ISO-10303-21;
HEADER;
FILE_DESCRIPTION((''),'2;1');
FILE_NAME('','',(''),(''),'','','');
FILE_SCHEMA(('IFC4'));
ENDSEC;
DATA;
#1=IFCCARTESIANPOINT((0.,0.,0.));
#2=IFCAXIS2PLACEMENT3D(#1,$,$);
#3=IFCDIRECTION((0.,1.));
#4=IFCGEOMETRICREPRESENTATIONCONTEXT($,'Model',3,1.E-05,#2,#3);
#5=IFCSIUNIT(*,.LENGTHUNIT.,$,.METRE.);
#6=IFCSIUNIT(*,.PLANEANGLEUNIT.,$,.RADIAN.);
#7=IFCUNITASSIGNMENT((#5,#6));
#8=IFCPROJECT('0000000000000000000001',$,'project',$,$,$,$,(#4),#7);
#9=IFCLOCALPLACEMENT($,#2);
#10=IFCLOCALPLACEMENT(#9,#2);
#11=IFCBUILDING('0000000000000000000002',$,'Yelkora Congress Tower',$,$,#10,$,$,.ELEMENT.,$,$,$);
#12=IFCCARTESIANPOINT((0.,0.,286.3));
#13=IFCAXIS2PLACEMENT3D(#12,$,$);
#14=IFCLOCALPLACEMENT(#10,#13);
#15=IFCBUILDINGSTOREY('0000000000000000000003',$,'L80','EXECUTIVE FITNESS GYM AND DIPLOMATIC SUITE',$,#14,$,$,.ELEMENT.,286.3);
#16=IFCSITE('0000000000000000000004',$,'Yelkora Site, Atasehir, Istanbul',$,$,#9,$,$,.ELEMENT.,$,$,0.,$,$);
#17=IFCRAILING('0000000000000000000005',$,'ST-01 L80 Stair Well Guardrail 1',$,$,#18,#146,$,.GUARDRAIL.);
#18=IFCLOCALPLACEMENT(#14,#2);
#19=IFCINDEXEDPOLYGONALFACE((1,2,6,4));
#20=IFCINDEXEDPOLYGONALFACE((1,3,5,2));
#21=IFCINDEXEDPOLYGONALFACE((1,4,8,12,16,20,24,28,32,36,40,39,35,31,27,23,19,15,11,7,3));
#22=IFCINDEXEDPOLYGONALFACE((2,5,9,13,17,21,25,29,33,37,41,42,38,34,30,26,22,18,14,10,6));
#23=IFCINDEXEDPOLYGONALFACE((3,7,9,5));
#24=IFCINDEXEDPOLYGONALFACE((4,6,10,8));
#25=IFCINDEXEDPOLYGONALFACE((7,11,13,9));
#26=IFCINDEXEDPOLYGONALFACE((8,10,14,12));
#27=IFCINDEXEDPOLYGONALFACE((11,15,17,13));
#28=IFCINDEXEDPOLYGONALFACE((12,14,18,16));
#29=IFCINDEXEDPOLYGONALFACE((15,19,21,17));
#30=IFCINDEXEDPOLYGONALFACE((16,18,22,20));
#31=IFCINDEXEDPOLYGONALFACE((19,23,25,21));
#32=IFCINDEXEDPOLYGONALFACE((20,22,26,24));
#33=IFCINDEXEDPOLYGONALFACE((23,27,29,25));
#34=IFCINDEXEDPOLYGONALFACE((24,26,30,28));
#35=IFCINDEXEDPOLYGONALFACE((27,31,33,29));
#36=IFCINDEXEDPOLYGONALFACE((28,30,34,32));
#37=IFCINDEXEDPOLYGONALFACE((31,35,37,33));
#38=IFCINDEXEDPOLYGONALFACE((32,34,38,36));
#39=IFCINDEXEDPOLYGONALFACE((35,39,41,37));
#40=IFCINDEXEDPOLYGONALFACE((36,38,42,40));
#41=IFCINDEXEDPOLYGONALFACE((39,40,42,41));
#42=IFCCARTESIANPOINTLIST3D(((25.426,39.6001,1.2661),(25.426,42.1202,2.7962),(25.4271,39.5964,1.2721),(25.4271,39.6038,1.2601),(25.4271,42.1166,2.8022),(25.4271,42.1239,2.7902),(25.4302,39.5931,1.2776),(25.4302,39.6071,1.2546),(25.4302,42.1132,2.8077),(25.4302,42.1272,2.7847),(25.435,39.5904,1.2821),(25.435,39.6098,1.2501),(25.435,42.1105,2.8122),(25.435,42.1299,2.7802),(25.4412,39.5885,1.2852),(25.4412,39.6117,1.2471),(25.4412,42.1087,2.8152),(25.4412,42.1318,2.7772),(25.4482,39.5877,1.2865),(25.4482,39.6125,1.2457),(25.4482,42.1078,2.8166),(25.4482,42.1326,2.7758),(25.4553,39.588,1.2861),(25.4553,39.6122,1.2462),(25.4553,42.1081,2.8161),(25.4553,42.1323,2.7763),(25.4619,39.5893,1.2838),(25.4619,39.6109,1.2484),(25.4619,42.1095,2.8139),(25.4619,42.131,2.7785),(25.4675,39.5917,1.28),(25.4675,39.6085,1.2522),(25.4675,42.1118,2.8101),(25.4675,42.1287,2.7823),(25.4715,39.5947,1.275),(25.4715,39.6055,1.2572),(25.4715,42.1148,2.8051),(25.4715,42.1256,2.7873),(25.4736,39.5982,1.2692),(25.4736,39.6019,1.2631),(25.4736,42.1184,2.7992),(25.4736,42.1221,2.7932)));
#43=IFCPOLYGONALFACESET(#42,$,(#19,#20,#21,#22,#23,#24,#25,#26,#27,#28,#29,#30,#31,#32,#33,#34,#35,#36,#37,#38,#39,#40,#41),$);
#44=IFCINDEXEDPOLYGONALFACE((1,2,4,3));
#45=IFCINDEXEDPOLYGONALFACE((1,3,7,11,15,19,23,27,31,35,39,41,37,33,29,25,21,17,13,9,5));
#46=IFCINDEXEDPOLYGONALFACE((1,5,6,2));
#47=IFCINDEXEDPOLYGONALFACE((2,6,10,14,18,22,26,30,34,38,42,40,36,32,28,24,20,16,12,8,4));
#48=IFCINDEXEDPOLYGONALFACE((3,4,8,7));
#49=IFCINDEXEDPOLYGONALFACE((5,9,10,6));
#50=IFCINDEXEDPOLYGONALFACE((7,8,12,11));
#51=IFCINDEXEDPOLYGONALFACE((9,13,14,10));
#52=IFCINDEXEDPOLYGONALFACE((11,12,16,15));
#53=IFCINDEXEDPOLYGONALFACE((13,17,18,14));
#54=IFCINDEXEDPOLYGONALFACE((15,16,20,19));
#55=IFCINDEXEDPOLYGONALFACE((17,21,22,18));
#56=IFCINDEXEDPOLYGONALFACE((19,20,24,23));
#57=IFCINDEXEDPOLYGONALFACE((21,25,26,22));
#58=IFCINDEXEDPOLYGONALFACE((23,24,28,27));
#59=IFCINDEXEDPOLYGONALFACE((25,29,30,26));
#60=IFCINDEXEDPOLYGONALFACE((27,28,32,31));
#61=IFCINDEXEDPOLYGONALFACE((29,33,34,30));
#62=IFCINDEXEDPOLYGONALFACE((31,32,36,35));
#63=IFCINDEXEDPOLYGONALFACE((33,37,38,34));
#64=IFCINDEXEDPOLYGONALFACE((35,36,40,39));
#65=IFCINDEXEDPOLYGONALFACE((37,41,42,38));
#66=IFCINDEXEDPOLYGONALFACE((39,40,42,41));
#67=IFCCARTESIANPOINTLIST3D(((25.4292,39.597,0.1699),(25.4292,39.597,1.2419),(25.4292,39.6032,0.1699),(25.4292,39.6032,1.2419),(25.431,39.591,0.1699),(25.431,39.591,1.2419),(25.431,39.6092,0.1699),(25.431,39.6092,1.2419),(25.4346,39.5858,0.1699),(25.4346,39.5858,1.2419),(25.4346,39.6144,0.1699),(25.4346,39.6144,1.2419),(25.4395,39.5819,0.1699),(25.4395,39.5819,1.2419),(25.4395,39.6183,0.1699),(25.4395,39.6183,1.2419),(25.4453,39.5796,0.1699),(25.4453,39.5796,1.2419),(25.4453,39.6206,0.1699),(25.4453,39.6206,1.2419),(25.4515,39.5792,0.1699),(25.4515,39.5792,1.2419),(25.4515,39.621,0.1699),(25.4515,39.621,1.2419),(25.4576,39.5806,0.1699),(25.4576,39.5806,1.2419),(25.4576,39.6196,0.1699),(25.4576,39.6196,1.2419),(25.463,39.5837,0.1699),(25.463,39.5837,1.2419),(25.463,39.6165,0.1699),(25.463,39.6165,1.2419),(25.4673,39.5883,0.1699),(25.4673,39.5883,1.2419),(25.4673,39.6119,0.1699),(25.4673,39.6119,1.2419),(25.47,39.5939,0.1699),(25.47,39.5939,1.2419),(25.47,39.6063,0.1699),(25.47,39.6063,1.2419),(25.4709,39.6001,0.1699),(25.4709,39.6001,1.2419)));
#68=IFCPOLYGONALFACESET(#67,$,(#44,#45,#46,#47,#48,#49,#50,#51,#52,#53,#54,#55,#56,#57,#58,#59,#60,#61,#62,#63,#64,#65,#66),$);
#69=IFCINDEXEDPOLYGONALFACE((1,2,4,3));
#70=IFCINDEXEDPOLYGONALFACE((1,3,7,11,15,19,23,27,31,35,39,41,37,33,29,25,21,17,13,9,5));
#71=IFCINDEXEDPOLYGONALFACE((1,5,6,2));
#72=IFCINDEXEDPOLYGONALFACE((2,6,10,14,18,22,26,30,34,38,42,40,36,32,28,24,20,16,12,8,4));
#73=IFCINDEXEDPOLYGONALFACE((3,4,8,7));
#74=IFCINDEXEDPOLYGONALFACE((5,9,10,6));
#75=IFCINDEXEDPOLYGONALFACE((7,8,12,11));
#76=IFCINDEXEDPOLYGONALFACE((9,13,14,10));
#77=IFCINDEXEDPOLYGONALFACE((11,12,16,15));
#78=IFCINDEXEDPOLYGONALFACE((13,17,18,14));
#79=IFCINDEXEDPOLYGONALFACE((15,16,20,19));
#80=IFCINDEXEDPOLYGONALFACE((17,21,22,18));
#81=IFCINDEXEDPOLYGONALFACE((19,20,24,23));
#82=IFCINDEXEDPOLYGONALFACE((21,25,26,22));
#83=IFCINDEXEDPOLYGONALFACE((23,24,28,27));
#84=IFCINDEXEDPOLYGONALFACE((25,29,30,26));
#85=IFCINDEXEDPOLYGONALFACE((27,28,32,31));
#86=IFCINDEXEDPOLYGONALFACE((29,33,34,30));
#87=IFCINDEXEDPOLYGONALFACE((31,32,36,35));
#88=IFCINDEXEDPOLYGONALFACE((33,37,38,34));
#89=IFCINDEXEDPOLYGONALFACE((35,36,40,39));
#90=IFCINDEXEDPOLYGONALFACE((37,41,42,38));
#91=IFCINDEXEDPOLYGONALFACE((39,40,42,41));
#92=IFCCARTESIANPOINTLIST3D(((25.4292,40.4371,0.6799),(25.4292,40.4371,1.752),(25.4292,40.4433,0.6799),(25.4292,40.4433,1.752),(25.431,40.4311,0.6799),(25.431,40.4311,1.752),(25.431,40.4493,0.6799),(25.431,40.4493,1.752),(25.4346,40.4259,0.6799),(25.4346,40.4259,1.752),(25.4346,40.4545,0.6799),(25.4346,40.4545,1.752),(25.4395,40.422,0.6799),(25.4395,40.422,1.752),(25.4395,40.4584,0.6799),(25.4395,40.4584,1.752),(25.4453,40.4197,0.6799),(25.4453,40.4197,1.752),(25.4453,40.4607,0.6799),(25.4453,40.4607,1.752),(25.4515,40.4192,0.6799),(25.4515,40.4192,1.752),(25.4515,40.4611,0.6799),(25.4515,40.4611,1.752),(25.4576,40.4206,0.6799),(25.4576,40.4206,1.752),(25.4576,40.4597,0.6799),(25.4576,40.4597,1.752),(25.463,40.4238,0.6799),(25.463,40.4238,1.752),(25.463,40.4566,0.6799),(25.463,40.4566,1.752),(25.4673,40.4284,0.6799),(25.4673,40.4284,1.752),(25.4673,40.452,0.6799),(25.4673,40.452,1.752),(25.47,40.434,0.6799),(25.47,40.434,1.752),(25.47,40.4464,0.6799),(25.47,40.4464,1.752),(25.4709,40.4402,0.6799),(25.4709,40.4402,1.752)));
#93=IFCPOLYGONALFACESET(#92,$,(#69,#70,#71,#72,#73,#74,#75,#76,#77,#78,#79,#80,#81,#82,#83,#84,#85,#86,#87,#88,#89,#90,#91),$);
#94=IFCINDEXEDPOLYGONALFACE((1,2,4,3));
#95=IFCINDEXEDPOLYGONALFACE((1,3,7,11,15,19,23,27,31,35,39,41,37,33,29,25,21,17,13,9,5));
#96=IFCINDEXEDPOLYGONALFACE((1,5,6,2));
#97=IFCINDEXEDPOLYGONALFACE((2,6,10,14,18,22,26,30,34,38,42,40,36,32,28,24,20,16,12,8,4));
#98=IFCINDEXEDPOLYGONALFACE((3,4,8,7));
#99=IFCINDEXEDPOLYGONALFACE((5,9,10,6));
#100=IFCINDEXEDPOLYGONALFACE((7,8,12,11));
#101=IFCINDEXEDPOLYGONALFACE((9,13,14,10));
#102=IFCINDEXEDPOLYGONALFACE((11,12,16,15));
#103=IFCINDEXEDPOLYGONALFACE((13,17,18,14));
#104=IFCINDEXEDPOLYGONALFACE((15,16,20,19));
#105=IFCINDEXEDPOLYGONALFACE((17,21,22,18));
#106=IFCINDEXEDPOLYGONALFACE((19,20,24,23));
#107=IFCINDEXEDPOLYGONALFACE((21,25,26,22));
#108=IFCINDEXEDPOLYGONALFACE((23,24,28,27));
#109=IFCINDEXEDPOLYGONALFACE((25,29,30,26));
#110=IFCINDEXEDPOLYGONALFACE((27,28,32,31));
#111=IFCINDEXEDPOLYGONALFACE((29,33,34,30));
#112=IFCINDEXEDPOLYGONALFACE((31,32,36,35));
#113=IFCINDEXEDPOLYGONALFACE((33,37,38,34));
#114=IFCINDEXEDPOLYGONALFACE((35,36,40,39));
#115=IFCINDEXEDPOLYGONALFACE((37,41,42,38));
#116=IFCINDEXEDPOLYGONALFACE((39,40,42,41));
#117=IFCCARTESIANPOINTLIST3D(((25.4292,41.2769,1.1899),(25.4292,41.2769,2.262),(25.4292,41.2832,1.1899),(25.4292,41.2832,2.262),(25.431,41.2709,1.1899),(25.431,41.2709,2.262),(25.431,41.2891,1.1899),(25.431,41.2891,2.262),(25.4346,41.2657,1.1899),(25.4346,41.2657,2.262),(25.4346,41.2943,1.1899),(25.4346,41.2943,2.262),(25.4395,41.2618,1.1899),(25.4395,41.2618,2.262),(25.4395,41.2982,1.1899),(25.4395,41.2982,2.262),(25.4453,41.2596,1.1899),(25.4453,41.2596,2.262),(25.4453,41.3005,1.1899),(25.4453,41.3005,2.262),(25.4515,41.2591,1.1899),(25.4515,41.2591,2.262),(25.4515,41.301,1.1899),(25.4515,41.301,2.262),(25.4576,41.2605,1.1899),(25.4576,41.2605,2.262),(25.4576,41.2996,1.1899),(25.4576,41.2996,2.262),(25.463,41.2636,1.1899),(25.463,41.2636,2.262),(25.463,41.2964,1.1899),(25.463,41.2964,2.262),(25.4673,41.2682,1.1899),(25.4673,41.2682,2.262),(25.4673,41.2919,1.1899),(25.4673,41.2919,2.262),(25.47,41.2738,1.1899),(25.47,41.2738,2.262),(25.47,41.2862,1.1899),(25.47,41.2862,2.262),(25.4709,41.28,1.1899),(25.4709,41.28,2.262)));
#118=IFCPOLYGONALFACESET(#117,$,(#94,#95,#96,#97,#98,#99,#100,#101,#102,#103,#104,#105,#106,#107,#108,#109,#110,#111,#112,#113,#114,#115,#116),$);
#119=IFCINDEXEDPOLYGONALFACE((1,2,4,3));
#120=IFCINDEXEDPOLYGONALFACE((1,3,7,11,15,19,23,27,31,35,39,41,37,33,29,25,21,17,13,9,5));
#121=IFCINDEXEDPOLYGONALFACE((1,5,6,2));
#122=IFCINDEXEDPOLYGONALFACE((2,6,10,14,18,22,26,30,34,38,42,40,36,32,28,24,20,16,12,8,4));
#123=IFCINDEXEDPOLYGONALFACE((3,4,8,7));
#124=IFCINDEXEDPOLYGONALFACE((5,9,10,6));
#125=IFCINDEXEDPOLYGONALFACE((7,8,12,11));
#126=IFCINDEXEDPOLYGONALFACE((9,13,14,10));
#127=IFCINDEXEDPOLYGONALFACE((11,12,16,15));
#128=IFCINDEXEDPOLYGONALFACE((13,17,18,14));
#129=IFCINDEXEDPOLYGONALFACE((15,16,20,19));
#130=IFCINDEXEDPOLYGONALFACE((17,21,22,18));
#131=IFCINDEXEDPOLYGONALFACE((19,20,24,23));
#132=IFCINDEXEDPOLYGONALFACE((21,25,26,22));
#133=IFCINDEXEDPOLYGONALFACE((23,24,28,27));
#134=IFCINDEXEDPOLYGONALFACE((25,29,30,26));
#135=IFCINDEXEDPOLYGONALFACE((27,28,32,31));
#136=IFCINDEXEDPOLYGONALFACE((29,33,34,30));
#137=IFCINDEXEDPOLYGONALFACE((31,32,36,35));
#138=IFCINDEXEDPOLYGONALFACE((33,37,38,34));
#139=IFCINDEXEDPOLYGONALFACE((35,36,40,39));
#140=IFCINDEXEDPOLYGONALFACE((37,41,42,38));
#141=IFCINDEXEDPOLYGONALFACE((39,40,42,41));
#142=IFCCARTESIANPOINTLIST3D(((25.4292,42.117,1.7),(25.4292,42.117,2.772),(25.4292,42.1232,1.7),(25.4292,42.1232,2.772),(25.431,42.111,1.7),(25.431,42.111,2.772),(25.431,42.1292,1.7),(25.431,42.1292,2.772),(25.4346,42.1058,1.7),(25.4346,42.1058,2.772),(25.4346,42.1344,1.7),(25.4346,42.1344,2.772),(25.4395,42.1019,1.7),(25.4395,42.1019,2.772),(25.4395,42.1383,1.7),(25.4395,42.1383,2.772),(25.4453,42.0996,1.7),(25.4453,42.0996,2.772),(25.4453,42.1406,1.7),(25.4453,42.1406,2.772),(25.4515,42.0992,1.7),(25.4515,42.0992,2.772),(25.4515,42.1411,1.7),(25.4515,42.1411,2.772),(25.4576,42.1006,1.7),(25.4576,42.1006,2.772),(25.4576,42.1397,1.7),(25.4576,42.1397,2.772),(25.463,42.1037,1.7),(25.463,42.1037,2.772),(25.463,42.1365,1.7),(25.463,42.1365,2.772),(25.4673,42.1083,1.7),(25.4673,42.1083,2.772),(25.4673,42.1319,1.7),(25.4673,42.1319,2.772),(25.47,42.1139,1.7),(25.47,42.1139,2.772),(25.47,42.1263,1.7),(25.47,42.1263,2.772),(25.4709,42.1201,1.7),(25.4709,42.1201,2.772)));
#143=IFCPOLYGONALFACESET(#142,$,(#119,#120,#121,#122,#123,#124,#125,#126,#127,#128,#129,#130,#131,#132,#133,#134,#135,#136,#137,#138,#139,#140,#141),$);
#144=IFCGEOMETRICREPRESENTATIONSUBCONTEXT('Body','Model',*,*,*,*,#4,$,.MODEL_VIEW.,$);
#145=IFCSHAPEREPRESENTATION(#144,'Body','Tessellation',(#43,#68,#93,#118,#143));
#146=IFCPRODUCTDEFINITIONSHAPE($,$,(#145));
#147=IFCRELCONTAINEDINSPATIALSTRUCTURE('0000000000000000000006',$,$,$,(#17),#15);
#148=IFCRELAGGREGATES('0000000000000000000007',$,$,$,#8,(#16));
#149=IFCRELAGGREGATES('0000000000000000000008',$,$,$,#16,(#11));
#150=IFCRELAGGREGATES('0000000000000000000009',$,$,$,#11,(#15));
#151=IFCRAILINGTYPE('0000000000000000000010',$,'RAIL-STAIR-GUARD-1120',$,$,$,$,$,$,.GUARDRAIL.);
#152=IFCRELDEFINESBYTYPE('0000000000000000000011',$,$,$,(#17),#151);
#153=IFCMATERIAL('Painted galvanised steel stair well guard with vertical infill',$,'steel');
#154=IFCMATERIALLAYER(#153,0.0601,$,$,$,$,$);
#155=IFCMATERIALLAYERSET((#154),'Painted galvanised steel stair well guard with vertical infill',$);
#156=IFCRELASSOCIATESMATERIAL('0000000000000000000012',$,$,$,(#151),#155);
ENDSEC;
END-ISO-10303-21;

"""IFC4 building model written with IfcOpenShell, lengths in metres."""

from ifc_helpers import new_model, si_unit, direction, frame, origin, origin_2d, place, context, subcontext, project, spatial, circle, extrude, material, layer, layer_set, type_object, element, save


model = new_model("IFC4")

# Units and contexts
model_context = context("Model", 3, precision=1e-05, world=origin(), true_north=direction((0.0, 1.0)))
body_context = subcontext(model_context, "Body", "Model", "MODEL_VIEW")
ifc_project = project(units=[si_unit("LENGTHUNIT", "METRE"), si_unit("PLANEANGLEUNIT", "RADIAN")], contexts=[model_context])

# Site, building, storey
site_placement = place(None, origin())
site = spatial("IfcSite", under=ifc_project, at=site_placement, Name="Yelkora Site, Atasehir, Istanbul", CompositionType="ELEMENT", RefElevation=0.0)
building_placement = place(site_placement, origin())
building = spatial("IfcBuilding", under=site, at=building_placement, Name="Yelkora Congress Tower", CompositionType="ELEMENT")
storey_placement = place(building_placement, frame((0.0, 0.0, 286.3)))
storey = spatial("IfcBuildingStorey", under=building, at=storey_placement, Name="L80", Description="EXECUTIVE FITNESS GYM AND DIPLOMATIC SUITE", CompositionType="ELEMENT", Elevation=286.3)

# Railing
ifc_material_1 = material(Name="Painted galvanised steel stair well guard with vertical infill", Category="steel")
ifc_layer_1 = layer(ifc_material_1, 0.0601)
ifc_layer_set_1 = layer_set([ifc_layer_1], Name="Painted galvanised steel stair well guard with vertical infill")
railing_type_1 = type_object("IfcRailingType", Name="RAIL-STAIR-GUARD-1120", PredefinedType="GUARDRAIL", material=ifc_layer_set_1)
railing_1_placement = place(storey_placement, frame((25.45, 39.6001, 0.1699)))
element("IfcRailing", 1, at=railing_1_placement, inside=storey, type_object=railing_type_1, Name="ST-01 L80 Stair Well Guardrail 1", PredefinedType="GUARDRAIL", context=body_context, shape_type="SweptSolid", body=[
    extrude(circle(Radius=0.0239, at=origin_2d()), frame((0.0, 0.0, 1.0962), z_axis=(0.0, 0.854785, 0.518982), x_axis=(-1.0, 0.0, 0.0)), (0.0, 0.0, 1.0), 2.9482),
    extrude(circle(Radius=0.021, at=origin_2d()), origin(), (0.0, 0.0, 1.0), 1.072),
    extrude(circle(Radius=0.021, at=origin_2d()), frame((0.0, 0.8401, 0.51)), (0.0, 0.0, 1.0), 1.072),
    extrude(circle(Radius=0.021, at=origin_2d()), frame((0.0, 1.6799, 1.02)), (0.0, 0.0, 1.0), 1.072),
    extrude(circle(Radius=0.021, at=origin_2d()), frame((0.0, 2.52, 1.53)), (0.0, 0.0, 1.0), 1.072),
])

save(model, "model.ifc")
